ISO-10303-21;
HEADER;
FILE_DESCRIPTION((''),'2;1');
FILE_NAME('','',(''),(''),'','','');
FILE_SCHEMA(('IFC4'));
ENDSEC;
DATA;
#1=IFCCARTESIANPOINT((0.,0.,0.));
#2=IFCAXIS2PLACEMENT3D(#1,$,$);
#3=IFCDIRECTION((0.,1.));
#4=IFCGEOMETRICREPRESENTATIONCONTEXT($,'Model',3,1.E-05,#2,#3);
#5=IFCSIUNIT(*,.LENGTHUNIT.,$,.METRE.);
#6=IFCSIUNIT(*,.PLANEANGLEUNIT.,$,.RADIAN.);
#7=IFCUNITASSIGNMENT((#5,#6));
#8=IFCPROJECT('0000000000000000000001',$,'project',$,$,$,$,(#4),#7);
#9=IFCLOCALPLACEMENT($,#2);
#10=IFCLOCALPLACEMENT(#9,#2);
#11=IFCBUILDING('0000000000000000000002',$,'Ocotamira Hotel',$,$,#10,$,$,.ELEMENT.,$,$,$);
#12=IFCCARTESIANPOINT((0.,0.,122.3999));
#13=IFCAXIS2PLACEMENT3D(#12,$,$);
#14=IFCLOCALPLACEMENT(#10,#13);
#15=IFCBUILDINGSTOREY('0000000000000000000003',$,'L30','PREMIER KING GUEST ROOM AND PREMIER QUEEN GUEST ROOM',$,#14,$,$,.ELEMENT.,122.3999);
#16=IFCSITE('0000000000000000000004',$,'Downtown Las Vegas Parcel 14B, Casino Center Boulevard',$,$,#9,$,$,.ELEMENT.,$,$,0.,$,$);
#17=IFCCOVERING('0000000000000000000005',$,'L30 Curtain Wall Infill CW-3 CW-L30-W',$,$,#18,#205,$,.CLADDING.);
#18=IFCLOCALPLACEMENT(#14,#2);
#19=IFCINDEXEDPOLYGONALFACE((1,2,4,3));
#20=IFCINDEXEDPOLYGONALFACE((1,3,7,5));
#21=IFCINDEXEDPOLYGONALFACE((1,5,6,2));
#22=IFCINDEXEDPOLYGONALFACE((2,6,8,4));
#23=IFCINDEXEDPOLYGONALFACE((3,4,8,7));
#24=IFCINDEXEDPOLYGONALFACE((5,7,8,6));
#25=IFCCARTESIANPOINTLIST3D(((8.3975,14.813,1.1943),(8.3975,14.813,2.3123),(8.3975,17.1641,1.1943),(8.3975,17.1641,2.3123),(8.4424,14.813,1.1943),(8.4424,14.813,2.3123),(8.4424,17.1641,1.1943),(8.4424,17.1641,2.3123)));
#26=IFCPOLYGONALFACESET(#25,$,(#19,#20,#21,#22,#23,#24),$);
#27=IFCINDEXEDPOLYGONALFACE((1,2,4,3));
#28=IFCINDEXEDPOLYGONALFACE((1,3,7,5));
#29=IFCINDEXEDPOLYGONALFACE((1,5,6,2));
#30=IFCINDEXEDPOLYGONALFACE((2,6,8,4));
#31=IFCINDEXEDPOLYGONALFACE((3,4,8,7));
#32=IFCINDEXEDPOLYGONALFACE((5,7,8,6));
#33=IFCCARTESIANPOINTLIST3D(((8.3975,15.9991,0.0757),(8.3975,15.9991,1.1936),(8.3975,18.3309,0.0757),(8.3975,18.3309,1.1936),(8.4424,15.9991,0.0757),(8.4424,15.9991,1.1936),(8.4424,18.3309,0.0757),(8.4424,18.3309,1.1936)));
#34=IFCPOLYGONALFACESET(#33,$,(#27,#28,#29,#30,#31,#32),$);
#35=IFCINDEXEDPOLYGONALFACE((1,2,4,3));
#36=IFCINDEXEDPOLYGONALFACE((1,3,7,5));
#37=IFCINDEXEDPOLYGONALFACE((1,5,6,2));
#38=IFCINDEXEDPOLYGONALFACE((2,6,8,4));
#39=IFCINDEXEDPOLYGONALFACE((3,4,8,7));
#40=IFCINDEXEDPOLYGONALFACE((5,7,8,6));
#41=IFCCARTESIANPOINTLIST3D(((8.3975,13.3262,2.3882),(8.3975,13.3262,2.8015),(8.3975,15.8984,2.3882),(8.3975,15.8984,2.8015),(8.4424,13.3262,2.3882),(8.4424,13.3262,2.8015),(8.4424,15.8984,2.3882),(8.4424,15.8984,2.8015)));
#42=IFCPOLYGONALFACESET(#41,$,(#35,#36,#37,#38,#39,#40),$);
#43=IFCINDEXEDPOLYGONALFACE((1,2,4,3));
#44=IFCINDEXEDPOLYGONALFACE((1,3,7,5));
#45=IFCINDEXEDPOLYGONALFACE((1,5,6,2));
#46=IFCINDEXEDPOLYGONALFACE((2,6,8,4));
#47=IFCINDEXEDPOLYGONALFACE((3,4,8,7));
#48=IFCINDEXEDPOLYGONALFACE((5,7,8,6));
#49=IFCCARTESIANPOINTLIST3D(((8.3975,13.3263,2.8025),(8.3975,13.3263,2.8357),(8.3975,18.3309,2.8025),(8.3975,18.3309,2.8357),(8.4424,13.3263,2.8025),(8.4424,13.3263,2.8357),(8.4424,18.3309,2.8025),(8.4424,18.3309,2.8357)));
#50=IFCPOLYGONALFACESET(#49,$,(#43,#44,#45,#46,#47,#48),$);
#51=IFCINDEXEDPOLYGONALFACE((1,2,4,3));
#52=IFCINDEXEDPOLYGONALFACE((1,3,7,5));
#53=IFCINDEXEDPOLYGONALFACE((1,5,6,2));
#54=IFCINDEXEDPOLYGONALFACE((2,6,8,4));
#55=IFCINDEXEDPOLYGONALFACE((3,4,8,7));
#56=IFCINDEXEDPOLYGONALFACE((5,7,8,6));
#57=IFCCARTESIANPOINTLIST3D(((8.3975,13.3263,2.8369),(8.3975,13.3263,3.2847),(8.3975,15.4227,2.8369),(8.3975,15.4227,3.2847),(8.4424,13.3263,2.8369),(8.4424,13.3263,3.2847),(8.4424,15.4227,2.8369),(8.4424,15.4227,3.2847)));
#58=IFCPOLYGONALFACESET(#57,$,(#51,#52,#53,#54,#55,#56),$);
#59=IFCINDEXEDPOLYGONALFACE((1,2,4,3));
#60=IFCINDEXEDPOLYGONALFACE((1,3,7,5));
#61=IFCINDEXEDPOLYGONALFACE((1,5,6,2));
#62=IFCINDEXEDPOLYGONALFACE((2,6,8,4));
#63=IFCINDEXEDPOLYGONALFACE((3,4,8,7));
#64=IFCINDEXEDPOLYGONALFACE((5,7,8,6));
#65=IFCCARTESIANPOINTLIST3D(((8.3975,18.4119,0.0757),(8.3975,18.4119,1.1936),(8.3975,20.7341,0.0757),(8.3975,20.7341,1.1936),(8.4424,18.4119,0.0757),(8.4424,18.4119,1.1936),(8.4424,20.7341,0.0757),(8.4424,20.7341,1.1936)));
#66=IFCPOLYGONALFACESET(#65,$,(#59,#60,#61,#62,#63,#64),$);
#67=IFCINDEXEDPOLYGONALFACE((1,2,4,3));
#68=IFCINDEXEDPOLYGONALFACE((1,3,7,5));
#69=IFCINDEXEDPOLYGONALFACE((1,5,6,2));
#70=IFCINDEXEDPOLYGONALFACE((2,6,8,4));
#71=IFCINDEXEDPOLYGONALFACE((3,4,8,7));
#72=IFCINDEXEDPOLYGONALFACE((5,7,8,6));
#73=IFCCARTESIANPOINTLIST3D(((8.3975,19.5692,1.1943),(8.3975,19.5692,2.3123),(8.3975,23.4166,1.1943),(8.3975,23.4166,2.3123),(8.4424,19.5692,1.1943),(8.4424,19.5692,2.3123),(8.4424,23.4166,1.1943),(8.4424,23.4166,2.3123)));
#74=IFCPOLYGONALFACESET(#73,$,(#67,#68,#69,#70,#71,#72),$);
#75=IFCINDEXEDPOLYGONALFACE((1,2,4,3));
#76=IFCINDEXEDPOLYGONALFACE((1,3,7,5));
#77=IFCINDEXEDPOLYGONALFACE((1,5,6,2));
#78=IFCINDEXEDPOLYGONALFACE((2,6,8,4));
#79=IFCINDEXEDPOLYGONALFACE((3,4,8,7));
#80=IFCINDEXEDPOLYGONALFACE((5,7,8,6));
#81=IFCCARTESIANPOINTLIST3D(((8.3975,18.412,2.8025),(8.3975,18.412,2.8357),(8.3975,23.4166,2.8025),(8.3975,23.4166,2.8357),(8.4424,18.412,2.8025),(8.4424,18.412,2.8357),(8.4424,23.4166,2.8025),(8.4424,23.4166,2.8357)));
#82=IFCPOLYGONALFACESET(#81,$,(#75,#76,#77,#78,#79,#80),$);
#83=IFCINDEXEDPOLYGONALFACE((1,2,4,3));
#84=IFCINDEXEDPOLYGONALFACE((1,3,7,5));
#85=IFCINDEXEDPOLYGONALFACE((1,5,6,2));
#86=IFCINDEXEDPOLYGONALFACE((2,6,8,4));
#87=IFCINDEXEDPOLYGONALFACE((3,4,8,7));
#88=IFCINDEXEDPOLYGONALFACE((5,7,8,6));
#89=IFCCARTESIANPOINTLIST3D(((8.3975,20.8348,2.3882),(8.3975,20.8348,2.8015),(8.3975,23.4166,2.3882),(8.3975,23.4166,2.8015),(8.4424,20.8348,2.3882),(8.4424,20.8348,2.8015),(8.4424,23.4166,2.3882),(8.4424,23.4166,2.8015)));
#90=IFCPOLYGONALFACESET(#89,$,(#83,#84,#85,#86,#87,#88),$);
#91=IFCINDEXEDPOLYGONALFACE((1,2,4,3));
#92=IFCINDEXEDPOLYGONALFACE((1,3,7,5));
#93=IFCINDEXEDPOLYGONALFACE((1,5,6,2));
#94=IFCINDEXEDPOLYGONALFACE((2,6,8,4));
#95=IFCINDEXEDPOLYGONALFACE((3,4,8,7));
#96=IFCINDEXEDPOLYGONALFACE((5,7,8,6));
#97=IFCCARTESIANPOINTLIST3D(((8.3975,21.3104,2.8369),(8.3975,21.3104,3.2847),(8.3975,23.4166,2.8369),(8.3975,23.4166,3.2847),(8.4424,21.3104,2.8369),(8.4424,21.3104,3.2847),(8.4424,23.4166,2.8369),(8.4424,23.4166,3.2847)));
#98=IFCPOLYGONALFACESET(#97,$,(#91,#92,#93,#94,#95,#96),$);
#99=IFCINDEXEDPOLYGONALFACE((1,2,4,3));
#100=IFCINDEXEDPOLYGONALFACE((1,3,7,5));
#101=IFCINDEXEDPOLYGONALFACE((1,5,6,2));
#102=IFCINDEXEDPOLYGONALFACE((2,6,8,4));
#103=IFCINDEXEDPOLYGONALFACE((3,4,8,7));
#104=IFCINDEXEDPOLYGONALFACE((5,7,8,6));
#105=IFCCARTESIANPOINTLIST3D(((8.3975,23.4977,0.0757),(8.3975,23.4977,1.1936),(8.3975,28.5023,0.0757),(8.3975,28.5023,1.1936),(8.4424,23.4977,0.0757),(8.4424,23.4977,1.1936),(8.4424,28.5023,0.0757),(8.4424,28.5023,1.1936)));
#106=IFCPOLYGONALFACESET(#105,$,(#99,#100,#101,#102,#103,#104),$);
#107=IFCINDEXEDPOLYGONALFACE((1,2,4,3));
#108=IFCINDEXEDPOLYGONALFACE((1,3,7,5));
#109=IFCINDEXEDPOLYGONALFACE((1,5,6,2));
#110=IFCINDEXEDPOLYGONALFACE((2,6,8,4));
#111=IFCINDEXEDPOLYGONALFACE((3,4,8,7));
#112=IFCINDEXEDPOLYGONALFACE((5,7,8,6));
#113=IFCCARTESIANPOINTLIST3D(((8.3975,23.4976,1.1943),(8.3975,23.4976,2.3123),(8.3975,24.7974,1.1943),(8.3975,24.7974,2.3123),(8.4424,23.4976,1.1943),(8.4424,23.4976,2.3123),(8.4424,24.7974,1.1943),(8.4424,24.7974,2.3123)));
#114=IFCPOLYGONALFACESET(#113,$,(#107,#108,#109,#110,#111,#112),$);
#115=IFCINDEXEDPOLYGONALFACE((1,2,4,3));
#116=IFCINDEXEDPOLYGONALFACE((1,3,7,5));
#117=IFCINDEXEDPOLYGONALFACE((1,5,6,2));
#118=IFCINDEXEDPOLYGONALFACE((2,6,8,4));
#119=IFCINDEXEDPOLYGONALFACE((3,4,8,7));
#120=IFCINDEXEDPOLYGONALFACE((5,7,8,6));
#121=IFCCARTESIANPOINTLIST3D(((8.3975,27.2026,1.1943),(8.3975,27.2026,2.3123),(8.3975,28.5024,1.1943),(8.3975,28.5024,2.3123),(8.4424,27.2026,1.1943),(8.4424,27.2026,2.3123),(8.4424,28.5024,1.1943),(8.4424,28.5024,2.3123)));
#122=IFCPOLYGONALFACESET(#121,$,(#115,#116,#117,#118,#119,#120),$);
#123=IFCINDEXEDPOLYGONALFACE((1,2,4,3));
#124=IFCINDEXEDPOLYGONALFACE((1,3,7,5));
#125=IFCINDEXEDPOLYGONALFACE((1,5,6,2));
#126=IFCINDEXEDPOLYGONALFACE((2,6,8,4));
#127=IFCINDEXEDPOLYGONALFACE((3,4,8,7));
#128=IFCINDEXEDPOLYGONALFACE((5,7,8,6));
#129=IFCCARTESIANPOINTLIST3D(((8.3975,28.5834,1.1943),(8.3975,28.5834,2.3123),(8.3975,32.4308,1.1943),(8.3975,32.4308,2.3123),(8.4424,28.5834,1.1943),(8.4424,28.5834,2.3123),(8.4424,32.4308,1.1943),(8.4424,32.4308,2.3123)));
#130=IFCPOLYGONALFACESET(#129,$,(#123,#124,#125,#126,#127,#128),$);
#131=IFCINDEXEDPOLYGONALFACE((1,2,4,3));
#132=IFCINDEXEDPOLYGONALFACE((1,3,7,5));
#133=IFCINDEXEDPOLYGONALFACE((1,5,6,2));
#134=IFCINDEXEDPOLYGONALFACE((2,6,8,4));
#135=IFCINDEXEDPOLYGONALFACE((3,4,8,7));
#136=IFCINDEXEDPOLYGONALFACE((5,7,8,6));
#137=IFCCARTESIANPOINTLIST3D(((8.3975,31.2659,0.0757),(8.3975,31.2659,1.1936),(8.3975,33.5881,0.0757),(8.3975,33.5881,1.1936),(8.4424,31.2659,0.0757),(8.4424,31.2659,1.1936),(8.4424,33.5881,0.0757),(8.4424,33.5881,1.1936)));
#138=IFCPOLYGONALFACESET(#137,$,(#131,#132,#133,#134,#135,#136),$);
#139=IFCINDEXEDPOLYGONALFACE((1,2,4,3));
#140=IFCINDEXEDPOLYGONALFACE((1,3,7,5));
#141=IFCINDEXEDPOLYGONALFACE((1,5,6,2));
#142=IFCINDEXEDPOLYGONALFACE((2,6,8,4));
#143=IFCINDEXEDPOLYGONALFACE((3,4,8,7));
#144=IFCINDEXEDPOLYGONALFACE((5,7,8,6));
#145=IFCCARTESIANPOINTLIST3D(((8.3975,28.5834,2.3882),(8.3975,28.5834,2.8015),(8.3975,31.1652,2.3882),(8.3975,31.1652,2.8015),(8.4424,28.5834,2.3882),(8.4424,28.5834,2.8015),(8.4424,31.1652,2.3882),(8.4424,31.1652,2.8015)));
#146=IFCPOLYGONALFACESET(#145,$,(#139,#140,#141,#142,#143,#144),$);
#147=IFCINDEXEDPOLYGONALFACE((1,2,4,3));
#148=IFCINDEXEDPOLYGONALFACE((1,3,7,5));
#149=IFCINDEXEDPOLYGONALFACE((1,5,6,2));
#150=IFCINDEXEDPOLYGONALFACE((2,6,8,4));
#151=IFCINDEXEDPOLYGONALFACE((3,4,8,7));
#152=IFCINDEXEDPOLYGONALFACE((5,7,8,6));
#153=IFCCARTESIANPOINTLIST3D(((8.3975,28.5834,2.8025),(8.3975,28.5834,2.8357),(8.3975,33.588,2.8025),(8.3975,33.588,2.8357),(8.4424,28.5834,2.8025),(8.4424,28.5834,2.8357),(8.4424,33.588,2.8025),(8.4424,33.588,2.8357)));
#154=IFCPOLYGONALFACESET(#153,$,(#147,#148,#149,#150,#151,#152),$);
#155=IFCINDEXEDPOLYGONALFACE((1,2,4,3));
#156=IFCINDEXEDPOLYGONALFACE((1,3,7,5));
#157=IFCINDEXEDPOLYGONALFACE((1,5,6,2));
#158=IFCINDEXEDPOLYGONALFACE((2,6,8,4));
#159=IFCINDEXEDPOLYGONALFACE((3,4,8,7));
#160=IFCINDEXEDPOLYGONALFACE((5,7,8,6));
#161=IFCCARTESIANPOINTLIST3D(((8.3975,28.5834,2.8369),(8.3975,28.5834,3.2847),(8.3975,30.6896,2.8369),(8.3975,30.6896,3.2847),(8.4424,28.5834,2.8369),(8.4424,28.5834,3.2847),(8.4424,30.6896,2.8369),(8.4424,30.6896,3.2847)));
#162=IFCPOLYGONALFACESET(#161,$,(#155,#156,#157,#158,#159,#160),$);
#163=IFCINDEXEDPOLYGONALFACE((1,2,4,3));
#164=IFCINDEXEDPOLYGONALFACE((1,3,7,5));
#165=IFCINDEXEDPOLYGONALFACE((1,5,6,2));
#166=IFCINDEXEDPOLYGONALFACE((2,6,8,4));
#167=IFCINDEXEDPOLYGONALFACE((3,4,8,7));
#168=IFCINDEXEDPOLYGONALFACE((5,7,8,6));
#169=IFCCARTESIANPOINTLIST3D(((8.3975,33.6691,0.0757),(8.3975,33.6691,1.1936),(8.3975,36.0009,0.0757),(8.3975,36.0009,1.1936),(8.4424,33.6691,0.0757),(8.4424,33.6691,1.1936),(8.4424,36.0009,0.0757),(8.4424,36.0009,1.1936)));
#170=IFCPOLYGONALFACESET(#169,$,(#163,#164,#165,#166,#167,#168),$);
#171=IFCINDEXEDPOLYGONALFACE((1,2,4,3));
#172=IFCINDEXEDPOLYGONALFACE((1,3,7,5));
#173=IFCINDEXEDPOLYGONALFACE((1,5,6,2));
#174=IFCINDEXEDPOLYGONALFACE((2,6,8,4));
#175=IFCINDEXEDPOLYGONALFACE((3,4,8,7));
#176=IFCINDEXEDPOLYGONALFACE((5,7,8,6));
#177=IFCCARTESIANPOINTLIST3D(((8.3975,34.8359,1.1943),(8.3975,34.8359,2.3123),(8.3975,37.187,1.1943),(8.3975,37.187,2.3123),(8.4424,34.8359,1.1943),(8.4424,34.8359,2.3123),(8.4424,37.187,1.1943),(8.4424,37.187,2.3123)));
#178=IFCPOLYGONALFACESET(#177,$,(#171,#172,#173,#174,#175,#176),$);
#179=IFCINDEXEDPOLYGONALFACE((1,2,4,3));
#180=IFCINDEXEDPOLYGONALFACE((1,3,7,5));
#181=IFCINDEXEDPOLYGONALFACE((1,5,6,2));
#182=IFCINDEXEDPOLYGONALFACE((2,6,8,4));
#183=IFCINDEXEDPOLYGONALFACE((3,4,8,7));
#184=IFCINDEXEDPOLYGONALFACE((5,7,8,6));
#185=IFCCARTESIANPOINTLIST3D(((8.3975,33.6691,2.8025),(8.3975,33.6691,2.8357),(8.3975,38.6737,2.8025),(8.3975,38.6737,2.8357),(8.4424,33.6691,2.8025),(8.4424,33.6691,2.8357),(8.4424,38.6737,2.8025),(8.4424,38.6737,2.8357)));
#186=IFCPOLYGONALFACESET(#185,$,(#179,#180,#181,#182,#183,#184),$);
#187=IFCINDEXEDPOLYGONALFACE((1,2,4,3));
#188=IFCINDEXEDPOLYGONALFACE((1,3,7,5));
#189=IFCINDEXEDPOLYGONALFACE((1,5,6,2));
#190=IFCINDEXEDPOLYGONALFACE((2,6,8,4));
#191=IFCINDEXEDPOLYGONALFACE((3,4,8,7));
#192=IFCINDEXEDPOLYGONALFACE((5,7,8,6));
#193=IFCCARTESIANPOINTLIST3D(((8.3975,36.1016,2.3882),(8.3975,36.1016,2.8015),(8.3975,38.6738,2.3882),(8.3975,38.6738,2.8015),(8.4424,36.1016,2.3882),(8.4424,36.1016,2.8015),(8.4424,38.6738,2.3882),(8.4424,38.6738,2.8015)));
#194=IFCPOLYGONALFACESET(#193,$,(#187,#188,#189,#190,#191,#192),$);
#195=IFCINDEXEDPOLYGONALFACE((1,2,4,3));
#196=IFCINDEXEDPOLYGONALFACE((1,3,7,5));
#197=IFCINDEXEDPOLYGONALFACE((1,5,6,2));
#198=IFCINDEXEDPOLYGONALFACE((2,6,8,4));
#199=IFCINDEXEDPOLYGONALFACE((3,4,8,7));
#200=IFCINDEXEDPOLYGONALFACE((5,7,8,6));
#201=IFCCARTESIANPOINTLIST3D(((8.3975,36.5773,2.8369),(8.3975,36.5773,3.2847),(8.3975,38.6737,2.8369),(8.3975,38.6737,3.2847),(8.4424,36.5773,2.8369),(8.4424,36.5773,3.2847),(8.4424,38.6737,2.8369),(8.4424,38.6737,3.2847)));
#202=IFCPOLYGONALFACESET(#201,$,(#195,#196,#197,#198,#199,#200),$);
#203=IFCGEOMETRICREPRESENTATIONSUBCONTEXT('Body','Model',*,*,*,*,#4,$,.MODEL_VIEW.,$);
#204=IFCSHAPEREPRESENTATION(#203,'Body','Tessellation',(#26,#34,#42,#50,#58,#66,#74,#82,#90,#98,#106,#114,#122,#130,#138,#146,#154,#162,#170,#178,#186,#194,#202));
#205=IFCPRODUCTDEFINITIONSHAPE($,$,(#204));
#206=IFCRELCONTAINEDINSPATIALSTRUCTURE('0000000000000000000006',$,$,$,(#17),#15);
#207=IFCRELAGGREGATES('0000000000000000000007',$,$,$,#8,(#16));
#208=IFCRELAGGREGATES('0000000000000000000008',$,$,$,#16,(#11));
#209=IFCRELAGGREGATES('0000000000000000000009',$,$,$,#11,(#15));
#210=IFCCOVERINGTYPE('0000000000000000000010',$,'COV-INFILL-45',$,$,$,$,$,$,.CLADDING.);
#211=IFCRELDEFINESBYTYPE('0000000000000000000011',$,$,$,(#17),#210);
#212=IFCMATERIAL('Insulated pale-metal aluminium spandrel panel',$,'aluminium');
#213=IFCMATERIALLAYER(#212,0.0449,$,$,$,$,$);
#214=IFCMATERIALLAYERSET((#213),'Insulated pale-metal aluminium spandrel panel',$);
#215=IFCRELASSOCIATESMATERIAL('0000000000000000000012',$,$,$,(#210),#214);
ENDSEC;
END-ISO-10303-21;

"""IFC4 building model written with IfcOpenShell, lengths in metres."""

from ifc_helpers import new_model, si_unit, direction, frame, origin, origin_2d, place, context, subcontext, project, spatial, rectangle, extrude, material, layer, layer_set, type_object, element, save


model = new_model("IFC4")

# Units and contexts
model_context = context("Model", 3, precision=1e-05, world=origin(), true_north=direction((0.0, 1.0)))
body_context = subcontext(model_context, "Body", "Model", "MODEL_VIEW")
ifc_project = project(units=[si_unit("LENGTHUNIT", "METRE"), si_unit("PLANEANGLEUNIT", "RADIAN")], contexts=[model_context])

# Site, building, storey
site_placement = place(None, origin())
site = spatial("IfcSite", under=ifc_project, at=site_placement, Name="Downtown Las Vegas Parcel 14B, Casino Center Boulevard", CompositionType="ELEMENT", RefElevation=0.0)
building_placement = place(site_placement, origin())
building = spatial("IfcBuilding", under=site, at=building_placement, Name="Ocotamira Hotel", CompositionType="ELEMENT")
storey_placement = place(building_placement, frame((0.0, 0.0, 122.3999)))
storey = spatial("IfcBuildingStorey", under=building, at=storey_placement, Name="L30", Description="PREMIER KING GUEST ROOM AND PREMIER QUEEN GUEST ROOM", CompositionType="ELEMENT", Elevation=122.3999)

# Covering
ifc_material_1 = material(Name="Insulated pale-metal aluminium spandrel panel", Category="aluminium")
ifc_layer_1 = layer(ifc_material_1, 0.0449)
ifc_layer_set_1 = layer_set([ifc_layer_1], Name="Insulated pale-metal aluminium spandrel panel")
covering_type_1 = type_object("IfcCoveringType", Name="COV-INFILL-45", PredefinedType="CLADDING", material=ifc_layer_set_1)
covering_1_placement = place(storey_placement, origin())
element("IfcCovering", 1, at=covering_1_placement, inside=storey, type_object=covering_type_1, Name="L30 Curtain Wall Infill CW-3 CW-L30-W", PredefinedType="CLADDING", context=body_context, shape_type="SweptSolid", body=[
    extrude(rectangle(XDim=2.3511, YDim=0.0449, at=origin_2d()), frame((8.4199, 15.9885, 1.1943), z_axis=(0.0, 0.0, 1.0), x_axis=(0.0, 1.0, 0.0)), (0.0, 0.0, 1.0), 1.1179),
    extrude(rectangle(XDim=2.3318, YDim=0.0449, at=origin_2d()), frame((8.4199, 17.165, 0.0757), z_axis=(0.0, 0.0, 1.0), x_axis=(0.0, 1.0, 0.0)), (0.0, 0.0, 1.0), 1.1179),
    extrude(rectangle(XDim=2.5723, YDim=0.0449, at=origin_2d()), frame((8.4199, 14.6123, 2.3882), z_axis=(0.0, 0.0, 1.0), x_axis=(0.0, 1.0, 0.0)), (0.0, 0.0, 1.0), 0.4133),
    extrude(rectangle(XDim=5.0046, YDim=0.0449, at=origin_2d()), frame((8.4199, 15.8286, 2.8025), z_axis=(0.0, 0.0, 1.0), x_axis=(0.0, 1.0, 0.0)), (0.0, 0.0, 1.0), 0.0332),
    extrude(rectangle(XDim=2.0964, YDim=0.0449, at=origin_2d()), frame((8.4199, 14.3745, 2.8369), z_axis=(0.0, 0.0, 1.0), x_axis=(0.0, 1.0, 0.0)), (0.0, 0.0, 1.0), 0.4478),
    extrude(rectangle(XDim=2.3223, YDim=0.0449, at=origin_2d()), frame((8.4199, 19.573, 0.0757), z_axis=(0.0, 0.0, 1.0), x_axis=(0.0, 1.0, 0.0)), (0.0, 0.0, 1.0), 1.1179),
    extrude(rectangle(XDim=3.8474, YDim=0.0449, at=origin_2d()), frame((8.4199, 21.4929, 1.1943), z_axis=(0.0, 0.0, 1.0), x_axis=(0.0, 1.0, 0.0)), (0.0, 0.0, 1.0), 1.1179),
    extrude(rectangle(XDim=5.0046, YDim=0.0449, at=origin_2d()), frame((8.4199, 20.9143, 2.8025), z_axis=(0.0, 0.0, 1.0), x_axis=(0.0, 1.0, 0.0)), (0.0, 0.0, 1.0), 0.0332),
    extrude(rectangle(XDim=2.5818, YDim=0.0449, at=origin_2d()), frame((8.4199, 22.1257, 2.3882), z_axis=(0.0, 0.0, 1.0), x_axis=(0.0, 1.0, 0.0)), (0.0, 0.0, 1.0), 0.4133),
    extrude(rectangle(XDim=2.1062, YDim=0.0449, at=origin_2d()), frame((8.4199, 22.3635, 2.8369), z_axis=(0.0, 0.0, 1.0), x_axis=(0.0, 1.0, 0.0)), (0.0, 0.0, 1.0), 0.4478),
    extrude(rectangle(XDim=5.0046, YDim=0.0449, at=origin_2d()), frame((8.4199, 26.0, 0.0757), z_axis=(0.0, 0.0, 1.0), x_axis=(0.0, 1.0, 0.0)), (0.0, 0.0, 1.0), 1.1179),
    extrude(rectangle(XDim=1.2998, YDim=0.0449, at=origin_2d()), frame((8.4199, 24.1475, 1.1943), z_axis=(0.0, 0.0, 1.0), x_axis=(0.0, 1.0, 0.0)), (0.0, 0.0, 1.0), 1.1179),
    extrude(rectangle(XDim=1.2998, YDim=0.0449, at=origin_2d()), frame((8.4199, 27.8525, 1.1943), z_axis=(0.0, 0.0, 1.0), x_axis=(0.0, 1.0, 0.0)), (0.0, 0.0, 1.0), 1.1179),
    extrude(rectangle(XDim=3.8474, YDim=0.0449, at=origin_2d()), frame((8.4199, 30.5071, 1.1943), z_axis=(0.0, 0.0, 1.0), x_axis=(0.0, 1.0, 0.0)), (0.0, 0.0, 1.0), 1.1179),
    extrude(rectangle(XDim=2.3223, YDim=0.0449, at=origin_2d()), frame((8.4199, 32.427, 0.0757), z_axis=(0.0, 0.0, 1.0), x_axis=(0.0, 1.0, 0.0)), (0.0, 0.0, 1.0), 1.1179),
    extrude(rectangle(XDim=2.5818, YDim=0.0449, at=origin_2d()), frame((8.4199, 29.8743, 2.3882), z_axis=(0.0, 0.0, 1.0), x_axis=(0.0, 1.0, 0.0)), (0.0, 0.0, 1.0), 0.4133),
    extrude(rectangle(XDim=5.0046, YDim=0.0449, at=origin_2d()), frame((8.4199, 31.0857, 2.8025), z_axis=(0.0, 0.0, 1.0), x_axis=(0.0, 1.0, 0.0)), (0.0, 0.0, 1.0), 0.0332),
    extrude(rectangle(XDim=2.1062, YDim=0.0449, at=origin_2d()), frame((8.4199, 29.6365, 2.8369), z_axis=(0.0, 0.0, 1.0), x_axis=(0.0, 1.0, 0.0)), (0.0, 0.0, 1.0), 0.4478),
    extrude(rectangle(XDim=2.3318, YDim=0.0449, at=origin_2d()), frame((8.4199, 34.835, 0.0757), z_axis=(0.0, 0.0, 1.0), x_axis=(0.0, 1.0, 0.0)), (0.0, 0.0, 1.0), 1.1179),
    extrude(rectangle(XDim=2.3511, YDim=0.0449, at=origin_2d()), frame((8.4199, 36.0115, 1.1943), z_axis=(0.0, 0.0, 1.0), x_axis=(0.0, 1.0, 0.0)), (0.0, 0.0, 1.0), 1.1179),
    extrude(rectangle(XDim=5.0046, YDim=0.0449, at=origin_2d()), frame((8.4199, 36.1714, 2.8025), z_axis=(0.0, 0.0, 1.0), x_axis=(0.0, 1.0, 0.0)), (0.0, 0.0, 1.0), 0.0332),
    extrude(rectangle(XDim=2.5723, YDim=0.0449, at=origin_2d()), frame((8.4199, 37.3877, 2.3882), z_axis=(0.0, 0.0, 1.0), x_axis=(0.0, 1.0, 0.0)), (0.0, 0.0, 1.0), 0.4133),
    extrude(rectangle(XDim=2.0964, YDim=0.0449, at=origin_2d()), frame((8.4199, 37.6255, 2.8369), z_axis=(0.0, 0.0, 1.0), x_axis=(0.0, 1.0, 0.0)), (0.0, 0.0, 1.0), 0.4478),
])

save(model, "model.ifc")
